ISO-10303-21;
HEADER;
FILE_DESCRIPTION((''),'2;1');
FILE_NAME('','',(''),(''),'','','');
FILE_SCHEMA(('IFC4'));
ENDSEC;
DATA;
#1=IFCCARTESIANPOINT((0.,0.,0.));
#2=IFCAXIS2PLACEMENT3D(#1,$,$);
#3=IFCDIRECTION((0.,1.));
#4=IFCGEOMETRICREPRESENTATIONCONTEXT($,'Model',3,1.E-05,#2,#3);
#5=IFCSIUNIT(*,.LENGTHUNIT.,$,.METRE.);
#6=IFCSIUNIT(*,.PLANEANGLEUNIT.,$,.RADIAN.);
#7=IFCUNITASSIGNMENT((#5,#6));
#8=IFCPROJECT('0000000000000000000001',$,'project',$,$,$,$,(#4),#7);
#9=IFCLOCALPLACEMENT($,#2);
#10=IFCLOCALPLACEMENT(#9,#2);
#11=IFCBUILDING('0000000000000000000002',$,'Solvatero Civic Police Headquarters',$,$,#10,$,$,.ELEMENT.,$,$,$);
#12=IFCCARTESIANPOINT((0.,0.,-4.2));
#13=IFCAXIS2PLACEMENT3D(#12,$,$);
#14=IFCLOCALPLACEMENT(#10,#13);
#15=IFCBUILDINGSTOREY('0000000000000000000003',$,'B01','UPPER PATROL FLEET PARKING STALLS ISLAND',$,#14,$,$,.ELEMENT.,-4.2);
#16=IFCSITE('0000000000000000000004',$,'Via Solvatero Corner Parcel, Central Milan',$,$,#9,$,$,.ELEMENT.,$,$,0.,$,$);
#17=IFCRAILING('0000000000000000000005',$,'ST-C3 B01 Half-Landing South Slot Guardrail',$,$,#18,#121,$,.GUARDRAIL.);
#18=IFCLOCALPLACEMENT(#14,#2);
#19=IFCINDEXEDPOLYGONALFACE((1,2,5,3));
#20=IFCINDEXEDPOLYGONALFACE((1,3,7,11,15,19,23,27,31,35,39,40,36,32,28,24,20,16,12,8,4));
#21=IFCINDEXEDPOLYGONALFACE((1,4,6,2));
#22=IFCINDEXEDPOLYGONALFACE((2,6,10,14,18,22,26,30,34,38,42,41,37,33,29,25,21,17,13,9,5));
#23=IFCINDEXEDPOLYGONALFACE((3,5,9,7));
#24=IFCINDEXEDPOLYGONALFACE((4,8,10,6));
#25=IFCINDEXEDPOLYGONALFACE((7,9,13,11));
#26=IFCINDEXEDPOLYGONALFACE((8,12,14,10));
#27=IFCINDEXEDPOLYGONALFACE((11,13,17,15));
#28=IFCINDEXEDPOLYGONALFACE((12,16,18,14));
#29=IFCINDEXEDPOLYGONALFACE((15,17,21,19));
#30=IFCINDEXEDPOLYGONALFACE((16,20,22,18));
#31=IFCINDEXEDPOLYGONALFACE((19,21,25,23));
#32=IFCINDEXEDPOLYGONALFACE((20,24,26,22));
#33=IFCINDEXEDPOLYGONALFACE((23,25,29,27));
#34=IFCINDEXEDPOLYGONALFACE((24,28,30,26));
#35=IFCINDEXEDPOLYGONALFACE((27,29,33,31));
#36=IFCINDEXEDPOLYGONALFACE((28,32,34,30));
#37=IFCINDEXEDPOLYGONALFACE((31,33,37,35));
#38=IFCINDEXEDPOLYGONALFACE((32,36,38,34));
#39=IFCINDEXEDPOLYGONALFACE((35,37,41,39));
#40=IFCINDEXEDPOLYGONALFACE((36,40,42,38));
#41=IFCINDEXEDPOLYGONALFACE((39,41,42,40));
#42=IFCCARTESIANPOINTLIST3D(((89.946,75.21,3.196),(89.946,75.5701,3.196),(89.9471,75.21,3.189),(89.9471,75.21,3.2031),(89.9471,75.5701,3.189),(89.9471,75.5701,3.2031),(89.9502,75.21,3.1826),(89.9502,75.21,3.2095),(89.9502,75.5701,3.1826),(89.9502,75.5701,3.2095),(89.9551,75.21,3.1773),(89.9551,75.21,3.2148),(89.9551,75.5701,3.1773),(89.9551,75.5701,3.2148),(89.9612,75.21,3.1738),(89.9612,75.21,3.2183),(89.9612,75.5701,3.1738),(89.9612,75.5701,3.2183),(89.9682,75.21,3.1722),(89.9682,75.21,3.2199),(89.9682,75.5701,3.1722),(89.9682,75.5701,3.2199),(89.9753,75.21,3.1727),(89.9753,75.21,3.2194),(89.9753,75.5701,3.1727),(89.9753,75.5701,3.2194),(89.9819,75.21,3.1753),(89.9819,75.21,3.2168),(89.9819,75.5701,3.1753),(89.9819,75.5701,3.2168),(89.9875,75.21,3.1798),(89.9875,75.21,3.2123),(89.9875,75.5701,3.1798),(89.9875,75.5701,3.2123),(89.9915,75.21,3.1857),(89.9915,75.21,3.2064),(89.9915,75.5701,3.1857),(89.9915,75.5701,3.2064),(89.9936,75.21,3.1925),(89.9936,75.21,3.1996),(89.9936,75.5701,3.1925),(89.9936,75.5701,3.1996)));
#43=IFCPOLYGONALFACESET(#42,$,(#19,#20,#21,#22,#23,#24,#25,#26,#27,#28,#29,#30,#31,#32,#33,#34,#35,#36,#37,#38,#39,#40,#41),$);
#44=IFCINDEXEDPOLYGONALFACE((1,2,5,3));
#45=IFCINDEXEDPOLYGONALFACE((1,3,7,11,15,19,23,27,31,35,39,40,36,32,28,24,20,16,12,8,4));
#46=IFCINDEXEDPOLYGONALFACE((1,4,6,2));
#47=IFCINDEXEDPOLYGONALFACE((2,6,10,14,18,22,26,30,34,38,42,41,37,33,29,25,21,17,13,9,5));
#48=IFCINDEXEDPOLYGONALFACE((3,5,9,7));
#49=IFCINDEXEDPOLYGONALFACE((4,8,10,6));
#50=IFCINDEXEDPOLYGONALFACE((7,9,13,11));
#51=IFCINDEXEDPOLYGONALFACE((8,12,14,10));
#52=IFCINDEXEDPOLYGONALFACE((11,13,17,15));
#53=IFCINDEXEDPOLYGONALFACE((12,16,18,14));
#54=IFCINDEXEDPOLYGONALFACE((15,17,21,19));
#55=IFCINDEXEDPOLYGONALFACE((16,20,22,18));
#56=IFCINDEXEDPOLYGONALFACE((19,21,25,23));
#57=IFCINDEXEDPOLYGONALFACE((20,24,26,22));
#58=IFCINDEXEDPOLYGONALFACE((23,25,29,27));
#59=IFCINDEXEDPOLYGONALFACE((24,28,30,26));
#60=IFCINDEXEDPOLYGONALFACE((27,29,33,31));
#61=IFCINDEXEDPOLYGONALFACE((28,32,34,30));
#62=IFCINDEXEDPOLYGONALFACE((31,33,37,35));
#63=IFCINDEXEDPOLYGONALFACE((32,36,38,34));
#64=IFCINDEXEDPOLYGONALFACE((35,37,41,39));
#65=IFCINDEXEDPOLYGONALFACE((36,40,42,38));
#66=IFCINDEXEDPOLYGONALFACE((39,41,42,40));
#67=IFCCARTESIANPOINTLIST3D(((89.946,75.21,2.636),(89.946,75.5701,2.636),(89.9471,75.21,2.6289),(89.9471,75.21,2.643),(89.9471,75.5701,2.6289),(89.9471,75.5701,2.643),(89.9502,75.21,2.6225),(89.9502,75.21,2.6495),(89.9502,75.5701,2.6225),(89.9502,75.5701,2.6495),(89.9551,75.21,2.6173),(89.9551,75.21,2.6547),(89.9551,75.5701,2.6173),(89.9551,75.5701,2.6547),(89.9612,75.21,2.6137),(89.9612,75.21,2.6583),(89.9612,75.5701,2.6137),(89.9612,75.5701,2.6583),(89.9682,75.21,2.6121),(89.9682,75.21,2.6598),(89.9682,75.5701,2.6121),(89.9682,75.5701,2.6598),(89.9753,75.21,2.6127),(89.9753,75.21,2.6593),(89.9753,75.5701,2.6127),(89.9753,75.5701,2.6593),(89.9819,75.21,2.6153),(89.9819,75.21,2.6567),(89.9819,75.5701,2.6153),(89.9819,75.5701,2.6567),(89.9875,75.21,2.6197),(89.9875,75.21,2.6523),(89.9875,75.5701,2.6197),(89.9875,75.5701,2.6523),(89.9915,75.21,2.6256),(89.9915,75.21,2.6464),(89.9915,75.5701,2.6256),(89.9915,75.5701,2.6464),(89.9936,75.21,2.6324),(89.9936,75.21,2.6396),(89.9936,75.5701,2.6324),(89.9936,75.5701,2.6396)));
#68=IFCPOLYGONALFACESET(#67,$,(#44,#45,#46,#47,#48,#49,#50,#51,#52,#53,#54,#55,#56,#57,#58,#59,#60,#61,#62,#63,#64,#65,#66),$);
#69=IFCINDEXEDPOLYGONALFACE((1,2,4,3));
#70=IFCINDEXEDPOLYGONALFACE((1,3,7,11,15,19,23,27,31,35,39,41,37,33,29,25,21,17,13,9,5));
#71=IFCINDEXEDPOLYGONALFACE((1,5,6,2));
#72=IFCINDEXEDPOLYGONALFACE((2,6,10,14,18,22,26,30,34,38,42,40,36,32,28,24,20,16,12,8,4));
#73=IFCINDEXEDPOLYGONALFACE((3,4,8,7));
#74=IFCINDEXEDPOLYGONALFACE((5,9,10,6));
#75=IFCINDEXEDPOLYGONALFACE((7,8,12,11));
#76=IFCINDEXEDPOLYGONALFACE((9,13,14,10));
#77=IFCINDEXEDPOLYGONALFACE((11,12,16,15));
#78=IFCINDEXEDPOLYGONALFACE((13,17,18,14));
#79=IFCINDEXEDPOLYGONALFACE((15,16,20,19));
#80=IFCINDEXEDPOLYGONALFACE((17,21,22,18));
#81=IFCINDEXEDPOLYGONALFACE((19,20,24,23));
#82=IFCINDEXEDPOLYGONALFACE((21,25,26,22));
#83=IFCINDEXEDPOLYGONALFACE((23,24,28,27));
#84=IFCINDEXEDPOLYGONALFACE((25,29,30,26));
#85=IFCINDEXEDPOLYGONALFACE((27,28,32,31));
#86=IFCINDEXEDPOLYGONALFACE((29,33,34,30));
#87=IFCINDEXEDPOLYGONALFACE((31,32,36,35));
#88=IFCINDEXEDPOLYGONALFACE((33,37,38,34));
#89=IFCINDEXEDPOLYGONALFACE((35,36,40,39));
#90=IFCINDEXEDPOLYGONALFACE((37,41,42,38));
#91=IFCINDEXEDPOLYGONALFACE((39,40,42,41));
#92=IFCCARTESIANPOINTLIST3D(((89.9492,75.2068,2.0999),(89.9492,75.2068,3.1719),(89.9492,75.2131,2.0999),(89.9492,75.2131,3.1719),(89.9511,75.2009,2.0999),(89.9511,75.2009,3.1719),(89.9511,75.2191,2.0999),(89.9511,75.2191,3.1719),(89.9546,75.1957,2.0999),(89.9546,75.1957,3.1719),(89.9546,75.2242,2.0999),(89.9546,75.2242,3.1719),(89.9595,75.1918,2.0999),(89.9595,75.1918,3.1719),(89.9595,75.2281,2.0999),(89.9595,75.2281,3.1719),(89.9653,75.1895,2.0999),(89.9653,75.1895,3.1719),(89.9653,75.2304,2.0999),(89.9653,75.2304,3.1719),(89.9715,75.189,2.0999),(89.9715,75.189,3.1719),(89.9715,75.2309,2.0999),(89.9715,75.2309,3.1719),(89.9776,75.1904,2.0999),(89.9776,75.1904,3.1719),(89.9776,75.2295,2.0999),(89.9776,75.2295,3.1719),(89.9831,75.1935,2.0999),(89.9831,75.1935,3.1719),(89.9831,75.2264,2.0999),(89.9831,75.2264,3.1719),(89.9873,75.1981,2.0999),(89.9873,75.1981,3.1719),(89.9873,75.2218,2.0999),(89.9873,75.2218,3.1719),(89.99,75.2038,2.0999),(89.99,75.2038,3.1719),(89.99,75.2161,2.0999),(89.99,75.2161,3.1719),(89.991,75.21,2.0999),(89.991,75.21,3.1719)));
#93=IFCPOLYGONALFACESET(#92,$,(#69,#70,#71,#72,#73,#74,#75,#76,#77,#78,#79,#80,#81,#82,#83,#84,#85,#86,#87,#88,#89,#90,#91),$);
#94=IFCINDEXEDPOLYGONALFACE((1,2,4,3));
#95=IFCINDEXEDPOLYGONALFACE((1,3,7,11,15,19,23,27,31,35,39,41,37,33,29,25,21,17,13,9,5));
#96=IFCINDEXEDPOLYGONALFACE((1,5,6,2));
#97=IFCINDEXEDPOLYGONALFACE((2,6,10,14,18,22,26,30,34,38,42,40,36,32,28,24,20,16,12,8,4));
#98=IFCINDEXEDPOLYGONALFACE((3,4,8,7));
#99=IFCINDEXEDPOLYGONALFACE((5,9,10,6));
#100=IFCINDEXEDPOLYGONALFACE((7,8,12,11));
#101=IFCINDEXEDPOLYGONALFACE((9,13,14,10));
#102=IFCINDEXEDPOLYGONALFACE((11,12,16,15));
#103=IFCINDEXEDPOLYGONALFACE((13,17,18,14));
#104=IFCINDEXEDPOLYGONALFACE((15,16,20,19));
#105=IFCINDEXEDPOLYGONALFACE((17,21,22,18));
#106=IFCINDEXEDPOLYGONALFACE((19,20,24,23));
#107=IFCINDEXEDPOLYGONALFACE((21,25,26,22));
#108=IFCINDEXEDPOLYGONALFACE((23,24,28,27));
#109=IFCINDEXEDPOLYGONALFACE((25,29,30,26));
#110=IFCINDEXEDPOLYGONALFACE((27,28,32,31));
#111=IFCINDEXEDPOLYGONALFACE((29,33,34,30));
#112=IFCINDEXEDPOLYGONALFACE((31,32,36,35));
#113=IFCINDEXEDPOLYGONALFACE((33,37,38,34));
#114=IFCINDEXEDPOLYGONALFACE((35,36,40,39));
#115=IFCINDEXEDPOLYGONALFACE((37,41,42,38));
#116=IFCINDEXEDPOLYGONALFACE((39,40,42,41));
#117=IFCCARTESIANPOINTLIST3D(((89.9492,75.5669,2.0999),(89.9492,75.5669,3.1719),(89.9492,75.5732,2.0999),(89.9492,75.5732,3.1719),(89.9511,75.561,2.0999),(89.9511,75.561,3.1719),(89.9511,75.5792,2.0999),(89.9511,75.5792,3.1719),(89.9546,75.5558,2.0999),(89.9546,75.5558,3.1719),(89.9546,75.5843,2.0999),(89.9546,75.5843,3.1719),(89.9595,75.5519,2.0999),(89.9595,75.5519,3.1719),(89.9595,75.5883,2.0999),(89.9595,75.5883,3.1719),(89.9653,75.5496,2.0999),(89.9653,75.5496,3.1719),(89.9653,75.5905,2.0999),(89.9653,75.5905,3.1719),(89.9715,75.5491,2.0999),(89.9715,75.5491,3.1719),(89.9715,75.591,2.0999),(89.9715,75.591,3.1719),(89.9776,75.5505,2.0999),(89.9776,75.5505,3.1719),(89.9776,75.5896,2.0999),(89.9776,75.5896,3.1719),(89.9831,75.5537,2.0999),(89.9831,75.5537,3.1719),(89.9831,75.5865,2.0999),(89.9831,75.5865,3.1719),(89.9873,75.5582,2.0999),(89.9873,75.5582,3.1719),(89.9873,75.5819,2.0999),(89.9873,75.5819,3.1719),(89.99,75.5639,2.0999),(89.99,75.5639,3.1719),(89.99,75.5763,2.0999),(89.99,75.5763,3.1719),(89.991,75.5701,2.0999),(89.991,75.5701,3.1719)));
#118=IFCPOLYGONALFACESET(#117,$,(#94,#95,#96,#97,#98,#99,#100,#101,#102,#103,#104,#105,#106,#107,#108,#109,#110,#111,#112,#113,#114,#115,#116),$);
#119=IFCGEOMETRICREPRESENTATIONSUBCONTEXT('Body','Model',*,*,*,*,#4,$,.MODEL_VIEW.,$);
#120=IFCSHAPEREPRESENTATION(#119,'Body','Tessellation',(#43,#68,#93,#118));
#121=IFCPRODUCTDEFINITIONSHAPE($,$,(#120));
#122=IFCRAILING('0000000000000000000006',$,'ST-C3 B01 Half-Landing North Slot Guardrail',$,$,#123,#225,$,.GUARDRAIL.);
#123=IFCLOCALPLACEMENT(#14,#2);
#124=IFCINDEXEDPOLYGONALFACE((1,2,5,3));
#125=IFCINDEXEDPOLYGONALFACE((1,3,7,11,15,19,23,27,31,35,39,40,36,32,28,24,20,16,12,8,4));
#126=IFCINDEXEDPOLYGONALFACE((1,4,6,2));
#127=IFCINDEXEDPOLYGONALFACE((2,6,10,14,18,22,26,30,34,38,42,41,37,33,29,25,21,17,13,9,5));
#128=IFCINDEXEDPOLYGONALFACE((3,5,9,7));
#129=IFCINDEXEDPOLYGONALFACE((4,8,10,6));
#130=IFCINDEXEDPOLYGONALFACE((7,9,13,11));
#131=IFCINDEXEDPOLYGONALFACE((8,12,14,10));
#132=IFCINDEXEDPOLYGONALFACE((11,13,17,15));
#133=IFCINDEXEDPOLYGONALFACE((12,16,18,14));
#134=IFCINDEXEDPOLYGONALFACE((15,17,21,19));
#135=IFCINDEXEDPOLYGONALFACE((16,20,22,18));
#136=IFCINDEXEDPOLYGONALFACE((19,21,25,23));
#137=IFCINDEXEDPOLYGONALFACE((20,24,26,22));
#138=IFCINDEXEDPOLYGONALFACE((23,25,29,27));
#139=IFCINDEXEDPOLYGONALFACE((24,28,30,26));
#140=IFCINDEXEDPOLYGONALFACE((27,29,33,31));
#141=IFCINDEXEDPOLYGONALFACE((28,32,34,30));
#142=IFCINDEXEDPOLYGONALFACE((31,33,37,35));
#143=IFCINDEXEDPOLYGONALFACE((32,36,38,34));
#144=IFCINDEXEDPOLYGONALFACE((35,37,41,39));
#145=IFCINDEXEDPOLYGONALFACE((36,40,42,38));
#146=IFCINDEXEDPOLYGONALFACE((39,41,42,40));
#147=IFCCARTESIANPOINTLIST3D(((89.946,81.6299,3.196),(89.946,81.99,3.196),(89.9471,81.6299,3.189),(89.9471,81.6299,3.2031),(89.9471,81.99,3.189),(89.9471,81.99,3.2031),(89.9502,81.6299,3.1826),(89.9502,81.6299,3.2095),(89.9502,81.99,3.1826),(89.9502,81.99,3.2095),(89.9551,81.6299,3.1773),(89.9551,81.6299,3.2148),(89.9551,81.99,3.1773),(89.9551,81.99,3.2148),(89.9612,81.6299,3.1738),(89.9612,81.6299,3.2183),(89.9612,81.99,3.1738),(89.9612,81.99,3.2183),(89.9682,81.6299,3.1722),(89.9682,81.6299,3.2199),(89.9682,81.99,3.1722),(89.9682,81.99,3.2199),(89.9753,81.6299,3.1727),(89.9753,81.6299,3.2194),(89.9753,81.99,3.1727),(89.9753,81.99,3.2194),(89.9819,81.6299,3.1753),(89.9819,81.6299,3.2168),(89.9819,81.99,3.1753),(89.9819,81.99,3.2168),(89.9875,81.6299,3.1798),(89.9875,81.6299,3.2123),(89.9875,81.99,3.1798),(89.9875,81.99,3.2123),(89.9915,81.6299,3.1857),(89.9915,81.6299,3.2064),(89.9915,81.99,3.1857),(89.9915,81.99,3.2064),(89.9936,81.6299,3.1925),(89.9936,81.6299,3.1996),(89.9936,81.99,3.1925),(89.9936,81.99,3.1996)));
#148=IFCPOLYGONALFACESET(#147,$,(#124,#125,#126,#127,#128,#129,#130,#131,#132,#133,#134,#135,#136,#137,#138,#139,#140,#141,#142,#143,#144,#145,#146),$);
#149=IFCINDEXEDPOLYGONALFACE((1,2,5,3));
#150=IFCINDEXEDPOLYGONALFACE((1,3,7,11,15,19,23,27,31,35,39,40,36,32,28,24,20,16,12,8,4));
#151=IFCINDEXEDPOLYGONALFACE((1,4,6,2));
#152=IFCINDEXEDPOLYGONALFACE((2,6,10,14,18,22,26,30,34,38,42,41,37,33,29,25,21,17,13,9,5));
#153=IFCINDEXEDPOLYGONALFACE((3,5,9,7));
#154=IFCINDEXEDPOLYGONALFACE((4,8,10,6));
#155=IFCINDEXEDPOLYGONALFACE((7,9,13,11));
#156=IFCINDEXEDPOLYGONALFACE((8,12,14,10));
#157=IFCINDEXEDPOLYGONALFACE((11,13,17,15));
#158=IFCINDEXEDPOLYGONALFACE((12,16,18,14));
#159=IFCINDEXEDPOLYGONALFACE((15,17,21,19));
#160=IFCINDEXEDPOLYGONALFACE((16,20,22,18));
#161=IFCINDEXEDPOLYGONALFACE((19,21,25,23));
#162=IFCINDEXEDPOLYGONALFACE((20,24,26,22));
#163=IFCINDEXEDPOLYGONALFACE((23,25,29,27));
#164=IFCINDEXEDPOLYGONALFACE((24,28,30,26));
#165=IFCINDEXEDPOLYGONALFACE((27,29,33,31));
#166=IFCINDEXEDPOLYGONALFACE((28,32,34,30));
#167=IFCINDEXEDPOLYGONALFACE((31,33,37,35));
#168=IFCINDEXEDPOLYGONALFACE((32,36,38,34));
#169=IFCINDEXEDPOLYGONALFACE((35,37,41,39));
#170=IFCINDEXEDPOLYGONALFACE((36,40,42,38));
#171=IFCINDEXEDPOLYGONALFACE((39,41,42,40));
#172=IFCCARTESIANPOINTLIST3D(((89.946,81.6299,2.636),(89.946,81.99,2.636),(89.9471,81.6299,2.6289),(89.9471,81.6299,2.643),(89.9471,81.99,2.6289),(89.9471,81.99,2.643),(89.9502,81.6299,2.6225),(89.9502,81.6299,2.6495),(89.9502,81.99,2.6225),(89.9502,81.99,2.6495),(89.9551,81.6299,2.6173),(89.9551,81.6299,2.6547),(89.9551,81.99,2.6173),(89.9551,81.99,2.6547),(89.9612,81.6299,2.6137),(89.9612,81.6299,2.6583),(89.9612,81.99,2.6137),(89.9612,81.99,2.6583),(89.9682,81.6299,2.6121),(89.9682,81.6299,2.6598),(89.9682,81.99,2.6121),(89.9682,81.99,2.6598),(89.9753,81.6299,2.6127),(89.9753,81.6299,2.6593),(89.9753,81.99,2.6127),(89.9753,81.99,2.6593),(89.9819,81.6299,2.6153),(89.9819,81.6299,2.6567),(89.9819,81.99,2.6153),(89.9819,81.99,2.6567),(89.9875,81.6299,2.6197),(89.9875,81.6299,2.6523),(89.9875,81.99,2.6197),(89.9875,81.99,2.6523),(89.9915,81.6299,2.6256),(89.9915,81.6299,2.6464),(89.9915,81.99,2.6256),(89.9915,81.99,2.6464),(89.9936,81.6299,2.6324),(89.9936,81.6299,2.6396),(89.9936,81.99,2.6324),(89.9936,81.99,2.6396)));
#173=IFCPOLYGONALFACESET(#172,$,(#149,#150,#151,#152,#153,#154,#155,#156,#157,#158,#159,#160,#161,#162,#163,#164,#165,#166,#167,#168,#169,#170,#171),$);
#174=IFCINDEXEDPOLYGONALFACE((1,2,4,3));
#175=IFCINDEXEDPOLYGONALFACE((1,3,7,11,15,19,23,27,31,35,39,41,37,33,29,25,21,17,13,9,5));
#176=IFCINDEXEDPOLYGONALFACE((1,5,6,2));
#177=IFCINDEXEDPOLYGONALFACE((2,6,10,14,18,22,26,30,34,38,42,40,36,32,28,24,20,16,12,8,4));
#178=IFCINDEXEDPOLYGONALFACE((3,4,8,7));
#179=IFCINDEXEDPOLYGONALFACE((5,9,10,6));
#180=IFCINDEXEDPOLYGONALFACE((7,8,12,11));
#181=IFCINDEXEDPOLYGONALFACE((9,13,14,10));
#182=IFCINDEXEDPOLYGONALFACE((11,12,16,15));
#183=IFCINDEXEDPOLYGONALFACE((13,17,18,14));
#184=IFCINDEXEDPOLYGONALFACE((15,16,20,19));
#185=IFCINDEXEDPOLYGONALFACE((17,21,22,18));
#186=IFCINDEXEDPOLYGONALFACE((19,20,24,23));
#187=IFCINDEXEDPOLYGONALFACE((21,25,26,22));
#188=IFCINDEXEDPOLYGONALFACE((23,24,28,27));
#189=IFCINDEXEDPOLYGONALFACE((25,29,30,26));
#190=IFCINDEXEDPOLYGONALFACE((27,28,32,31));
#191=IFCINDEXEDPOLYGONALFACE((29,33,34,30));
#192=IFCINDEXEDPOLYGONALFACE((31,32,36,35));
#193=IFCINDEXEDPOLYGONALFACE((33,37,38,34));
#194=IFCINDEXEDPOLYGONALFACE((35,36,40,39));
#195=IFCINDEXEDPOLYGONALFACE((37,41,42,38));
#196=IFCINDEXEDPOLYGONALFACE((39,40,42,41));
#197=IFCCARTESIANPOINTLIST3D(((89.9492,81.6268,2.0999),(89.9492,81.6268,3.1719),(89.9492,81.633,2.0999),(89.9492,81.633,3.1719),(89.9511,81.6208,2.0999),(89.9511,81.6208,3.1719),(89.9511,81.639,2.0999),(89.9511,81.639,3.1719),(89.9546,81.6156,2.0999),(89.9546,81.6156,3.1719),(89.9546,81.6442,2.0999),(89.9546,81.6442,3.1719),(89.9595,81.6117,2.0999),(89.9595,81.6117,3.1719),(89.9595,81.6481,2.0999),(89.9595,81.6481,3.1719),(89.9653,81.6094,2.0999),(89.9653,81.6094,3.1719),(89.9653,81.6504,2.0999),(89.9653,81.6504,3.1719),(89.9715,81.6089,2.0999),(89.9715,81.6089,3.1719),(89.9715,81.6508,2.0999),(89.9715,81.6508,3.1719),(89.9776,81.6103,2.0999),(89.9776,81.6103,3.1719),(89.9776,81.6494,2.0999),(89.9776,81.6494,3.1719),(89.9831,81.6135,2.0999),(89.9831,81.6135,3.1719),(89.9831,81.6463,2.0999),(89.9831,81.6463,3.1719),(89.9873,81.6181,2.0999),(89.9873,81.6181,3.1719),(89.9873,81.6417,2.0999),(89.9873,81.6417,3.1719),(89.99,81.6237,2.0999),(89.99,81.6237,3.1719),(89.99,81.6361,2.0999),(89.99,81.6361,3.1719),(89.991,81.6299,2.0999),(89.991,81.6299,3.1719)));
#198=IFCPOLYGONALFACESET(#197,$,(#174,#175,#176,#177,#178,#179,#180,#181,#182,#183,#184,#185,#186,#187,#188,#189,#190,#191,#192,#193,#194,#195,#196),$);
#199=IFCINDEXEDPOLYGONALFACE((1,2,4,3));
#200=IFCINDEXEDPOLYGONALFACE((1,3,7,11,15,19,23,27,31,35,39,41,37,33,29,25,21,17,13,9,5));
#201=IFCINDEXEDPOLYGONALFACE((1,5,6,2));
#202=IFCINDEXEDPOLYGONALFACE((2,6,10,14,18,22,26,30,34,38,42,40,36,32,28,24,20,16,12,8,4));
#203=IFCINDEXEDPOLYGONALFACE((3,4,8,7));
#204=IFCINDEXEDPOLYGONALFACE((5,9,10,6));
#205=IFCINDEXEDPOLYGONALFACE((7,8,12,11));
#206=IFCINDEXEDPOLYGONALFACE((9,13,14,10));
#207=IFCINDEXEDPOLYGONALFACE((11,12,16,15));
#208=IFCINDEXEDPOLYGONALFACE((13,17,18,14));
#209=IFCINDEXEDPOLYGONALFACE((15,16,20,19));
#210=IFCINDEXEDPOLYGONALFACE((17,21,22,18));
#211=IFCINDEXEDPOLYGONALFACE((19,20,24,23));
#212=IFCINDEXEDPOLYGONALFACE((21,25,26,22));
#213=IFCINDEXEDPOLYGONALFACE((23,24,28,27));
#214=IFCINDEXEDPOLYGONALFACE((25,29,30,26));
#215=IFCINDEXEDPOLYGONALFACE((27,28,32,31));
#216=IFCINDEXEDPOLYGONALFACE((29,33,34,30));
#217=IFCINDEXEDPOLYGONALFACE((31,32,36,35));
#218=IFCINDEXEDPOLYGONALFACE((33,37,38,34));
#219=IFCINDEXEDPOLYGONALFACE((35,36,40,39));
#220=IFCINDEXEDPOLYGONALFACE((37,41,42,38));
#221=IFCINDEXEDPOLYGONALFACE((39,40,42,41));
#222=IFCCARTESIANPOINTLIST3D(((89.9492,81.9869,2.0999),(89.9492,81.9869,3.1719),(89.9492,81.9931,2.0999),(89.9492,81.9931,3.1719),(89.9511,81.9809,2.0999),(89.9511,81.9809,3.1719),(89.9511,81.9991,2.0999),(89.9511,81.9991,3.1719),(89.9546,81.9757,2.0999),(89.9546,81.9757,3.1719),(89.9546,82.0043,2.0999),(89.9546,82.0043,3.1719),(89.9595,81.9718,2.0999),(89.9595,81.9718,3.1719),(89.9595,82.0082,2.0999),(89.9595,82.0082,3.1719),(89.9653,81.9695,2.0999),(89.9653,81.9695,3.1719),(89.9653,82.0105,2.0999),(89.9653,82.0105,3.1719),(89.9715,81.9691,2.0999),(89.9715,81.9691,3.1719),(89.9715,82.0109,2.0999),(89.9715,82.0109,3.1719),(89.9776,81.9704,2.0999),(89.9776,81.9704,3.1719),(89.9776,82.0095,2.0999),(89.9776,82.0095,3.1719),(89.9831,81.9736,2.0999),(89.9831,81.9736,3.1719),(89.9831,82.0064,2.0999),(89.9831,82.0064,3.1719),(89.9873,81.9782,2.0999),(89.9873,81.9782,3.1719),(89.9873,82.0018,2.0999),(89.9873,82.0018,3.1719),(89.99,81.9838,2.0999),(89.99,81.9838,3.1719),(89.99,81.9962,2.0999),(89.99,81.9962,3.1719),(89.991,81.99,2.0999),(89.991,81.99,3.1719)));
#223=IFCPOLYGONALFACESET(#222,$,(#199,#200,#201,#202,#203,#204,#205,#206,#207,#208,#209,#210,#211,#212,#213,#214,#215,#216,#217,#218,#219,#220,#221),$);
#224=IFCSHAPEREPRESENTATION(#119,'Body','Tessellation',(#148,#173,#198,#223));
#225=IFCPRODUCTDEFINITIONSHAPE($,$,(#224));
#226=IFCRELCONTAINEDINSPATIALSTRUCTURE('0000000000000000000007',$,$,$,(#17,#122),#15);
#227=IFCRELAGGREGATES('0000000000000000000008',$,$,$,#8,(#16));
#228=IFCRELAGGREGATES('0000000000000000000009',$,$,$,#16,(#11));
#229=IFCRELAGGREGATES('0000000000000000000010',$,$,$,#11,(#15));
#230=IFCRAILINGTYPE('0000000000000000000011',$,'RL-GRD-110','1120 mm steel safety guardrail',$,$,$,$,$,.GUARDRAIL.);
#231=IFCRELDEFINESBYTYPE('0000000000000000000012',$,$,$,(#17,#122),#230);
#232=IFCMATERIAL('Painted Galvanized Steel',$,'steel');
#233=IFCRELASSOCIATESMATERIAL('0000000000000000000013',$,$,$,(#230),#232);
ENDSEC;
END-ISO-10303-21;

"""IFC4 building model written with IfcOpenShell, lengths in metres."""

from ifc_helpers import new_model, si_unit, direction, frame, origin, origin_2d, place, context, subcontext, project, spatial, circle, extrude, material, type_object, element, save


model = new_model("IFC4")

# Units and contexts
model_context = context("Model", 3, precision=1e-05, world=origin(), true_north=direction((0.0, 1.0)))
body_context = subcontext(model_context, "Body", "Model", "MODEL_VIEW")
ifc_project = project(units=[si_unit("LENGTHUNIT", "METRE"), si_unit("PLANEANGLEUNIT", "RADIAN")], contexts=[model_context])

# Site, building, storey
site_placement = place(None, origin())
site = spatial("IfcSite", under=ifc_project, at=site_placement, Name="Via Solvatero Corner Parcel, Central Milan", CompositionType="ELEMENT", RefElevation=0.0)
building_placement = place(site_placement, origin())
building = spatial("IfcBuilding", under=site, at=building_placement, Name="Solvatero Civic Police Headquarters", CompositionType="ELEMENT")
storey_placement = place(building_placement, frame((0.0, 0.0, -4.2)))
storey = spatial("IfcBuildingStorey", under=building, at=storey_placement, Name="B01", Description="UPPER PATROL FLEET PARKING STALLS ISLAND", CompositionType="ELEMENT", Elevation=-4.2)

# Railings
ifc_material_1 = material(Name="Painted Galvanized Steel", Category="steel")
railing_type_1 = type_object("IfcRailingType", Name="RL-GRD-110", Description="1120 mm steel safety guardrail", PredefinedType="GUARDRAIL", material=ifc_material_1)
for number, where, name in (
    (1, (89.97, 75.21, 2.0999), "ST-C3 B01 Half-Landing South Slot Guardrail"),
    (2, (89.97, 81.6299, 2.0999), "ST-C3 B01 Half-Landing North Slot Guardrail"),
):
    element("IfcRailing", number, at=place(storey_placement, frame(where)), inside=storey, type_object=railing_type_1, Name=name, PredefinedType="GUARDRAIL", context=body_context, shape_type="SweptSolid", body=[
        extrude(circle(Radius=0.0239, at=origin_2d()), frame((0.0, 0.0, 1.0962), z_axis=(0.0, 1.0, 0.0), x_axis=(-1.0, 0.0, 0.0)), (0.0, 0.0, 1.0), 0.3601),
        extrude(circle(Radius=0.0239, at=origin_2d()), frame((0.0, 0.0, 0.5361), z_axis=(0.0, 1.0, 0.0), x_axis=(-1.0, 0.0, 0.0)), (0.0, 0.0, 1.0), 0.3601),
        extrude(circle(Radius=0.021, at=origin_2d()), origin(), (0.0, 0.0, 1.0), 1.072),
        extrude(circle(Radius=0.021, at=origin_2d()), frame((0.0, 0.3601, 0.0)), (0.0, 0.0, 1.0), 1.072),
    ])

save(model, "model.ifc")
